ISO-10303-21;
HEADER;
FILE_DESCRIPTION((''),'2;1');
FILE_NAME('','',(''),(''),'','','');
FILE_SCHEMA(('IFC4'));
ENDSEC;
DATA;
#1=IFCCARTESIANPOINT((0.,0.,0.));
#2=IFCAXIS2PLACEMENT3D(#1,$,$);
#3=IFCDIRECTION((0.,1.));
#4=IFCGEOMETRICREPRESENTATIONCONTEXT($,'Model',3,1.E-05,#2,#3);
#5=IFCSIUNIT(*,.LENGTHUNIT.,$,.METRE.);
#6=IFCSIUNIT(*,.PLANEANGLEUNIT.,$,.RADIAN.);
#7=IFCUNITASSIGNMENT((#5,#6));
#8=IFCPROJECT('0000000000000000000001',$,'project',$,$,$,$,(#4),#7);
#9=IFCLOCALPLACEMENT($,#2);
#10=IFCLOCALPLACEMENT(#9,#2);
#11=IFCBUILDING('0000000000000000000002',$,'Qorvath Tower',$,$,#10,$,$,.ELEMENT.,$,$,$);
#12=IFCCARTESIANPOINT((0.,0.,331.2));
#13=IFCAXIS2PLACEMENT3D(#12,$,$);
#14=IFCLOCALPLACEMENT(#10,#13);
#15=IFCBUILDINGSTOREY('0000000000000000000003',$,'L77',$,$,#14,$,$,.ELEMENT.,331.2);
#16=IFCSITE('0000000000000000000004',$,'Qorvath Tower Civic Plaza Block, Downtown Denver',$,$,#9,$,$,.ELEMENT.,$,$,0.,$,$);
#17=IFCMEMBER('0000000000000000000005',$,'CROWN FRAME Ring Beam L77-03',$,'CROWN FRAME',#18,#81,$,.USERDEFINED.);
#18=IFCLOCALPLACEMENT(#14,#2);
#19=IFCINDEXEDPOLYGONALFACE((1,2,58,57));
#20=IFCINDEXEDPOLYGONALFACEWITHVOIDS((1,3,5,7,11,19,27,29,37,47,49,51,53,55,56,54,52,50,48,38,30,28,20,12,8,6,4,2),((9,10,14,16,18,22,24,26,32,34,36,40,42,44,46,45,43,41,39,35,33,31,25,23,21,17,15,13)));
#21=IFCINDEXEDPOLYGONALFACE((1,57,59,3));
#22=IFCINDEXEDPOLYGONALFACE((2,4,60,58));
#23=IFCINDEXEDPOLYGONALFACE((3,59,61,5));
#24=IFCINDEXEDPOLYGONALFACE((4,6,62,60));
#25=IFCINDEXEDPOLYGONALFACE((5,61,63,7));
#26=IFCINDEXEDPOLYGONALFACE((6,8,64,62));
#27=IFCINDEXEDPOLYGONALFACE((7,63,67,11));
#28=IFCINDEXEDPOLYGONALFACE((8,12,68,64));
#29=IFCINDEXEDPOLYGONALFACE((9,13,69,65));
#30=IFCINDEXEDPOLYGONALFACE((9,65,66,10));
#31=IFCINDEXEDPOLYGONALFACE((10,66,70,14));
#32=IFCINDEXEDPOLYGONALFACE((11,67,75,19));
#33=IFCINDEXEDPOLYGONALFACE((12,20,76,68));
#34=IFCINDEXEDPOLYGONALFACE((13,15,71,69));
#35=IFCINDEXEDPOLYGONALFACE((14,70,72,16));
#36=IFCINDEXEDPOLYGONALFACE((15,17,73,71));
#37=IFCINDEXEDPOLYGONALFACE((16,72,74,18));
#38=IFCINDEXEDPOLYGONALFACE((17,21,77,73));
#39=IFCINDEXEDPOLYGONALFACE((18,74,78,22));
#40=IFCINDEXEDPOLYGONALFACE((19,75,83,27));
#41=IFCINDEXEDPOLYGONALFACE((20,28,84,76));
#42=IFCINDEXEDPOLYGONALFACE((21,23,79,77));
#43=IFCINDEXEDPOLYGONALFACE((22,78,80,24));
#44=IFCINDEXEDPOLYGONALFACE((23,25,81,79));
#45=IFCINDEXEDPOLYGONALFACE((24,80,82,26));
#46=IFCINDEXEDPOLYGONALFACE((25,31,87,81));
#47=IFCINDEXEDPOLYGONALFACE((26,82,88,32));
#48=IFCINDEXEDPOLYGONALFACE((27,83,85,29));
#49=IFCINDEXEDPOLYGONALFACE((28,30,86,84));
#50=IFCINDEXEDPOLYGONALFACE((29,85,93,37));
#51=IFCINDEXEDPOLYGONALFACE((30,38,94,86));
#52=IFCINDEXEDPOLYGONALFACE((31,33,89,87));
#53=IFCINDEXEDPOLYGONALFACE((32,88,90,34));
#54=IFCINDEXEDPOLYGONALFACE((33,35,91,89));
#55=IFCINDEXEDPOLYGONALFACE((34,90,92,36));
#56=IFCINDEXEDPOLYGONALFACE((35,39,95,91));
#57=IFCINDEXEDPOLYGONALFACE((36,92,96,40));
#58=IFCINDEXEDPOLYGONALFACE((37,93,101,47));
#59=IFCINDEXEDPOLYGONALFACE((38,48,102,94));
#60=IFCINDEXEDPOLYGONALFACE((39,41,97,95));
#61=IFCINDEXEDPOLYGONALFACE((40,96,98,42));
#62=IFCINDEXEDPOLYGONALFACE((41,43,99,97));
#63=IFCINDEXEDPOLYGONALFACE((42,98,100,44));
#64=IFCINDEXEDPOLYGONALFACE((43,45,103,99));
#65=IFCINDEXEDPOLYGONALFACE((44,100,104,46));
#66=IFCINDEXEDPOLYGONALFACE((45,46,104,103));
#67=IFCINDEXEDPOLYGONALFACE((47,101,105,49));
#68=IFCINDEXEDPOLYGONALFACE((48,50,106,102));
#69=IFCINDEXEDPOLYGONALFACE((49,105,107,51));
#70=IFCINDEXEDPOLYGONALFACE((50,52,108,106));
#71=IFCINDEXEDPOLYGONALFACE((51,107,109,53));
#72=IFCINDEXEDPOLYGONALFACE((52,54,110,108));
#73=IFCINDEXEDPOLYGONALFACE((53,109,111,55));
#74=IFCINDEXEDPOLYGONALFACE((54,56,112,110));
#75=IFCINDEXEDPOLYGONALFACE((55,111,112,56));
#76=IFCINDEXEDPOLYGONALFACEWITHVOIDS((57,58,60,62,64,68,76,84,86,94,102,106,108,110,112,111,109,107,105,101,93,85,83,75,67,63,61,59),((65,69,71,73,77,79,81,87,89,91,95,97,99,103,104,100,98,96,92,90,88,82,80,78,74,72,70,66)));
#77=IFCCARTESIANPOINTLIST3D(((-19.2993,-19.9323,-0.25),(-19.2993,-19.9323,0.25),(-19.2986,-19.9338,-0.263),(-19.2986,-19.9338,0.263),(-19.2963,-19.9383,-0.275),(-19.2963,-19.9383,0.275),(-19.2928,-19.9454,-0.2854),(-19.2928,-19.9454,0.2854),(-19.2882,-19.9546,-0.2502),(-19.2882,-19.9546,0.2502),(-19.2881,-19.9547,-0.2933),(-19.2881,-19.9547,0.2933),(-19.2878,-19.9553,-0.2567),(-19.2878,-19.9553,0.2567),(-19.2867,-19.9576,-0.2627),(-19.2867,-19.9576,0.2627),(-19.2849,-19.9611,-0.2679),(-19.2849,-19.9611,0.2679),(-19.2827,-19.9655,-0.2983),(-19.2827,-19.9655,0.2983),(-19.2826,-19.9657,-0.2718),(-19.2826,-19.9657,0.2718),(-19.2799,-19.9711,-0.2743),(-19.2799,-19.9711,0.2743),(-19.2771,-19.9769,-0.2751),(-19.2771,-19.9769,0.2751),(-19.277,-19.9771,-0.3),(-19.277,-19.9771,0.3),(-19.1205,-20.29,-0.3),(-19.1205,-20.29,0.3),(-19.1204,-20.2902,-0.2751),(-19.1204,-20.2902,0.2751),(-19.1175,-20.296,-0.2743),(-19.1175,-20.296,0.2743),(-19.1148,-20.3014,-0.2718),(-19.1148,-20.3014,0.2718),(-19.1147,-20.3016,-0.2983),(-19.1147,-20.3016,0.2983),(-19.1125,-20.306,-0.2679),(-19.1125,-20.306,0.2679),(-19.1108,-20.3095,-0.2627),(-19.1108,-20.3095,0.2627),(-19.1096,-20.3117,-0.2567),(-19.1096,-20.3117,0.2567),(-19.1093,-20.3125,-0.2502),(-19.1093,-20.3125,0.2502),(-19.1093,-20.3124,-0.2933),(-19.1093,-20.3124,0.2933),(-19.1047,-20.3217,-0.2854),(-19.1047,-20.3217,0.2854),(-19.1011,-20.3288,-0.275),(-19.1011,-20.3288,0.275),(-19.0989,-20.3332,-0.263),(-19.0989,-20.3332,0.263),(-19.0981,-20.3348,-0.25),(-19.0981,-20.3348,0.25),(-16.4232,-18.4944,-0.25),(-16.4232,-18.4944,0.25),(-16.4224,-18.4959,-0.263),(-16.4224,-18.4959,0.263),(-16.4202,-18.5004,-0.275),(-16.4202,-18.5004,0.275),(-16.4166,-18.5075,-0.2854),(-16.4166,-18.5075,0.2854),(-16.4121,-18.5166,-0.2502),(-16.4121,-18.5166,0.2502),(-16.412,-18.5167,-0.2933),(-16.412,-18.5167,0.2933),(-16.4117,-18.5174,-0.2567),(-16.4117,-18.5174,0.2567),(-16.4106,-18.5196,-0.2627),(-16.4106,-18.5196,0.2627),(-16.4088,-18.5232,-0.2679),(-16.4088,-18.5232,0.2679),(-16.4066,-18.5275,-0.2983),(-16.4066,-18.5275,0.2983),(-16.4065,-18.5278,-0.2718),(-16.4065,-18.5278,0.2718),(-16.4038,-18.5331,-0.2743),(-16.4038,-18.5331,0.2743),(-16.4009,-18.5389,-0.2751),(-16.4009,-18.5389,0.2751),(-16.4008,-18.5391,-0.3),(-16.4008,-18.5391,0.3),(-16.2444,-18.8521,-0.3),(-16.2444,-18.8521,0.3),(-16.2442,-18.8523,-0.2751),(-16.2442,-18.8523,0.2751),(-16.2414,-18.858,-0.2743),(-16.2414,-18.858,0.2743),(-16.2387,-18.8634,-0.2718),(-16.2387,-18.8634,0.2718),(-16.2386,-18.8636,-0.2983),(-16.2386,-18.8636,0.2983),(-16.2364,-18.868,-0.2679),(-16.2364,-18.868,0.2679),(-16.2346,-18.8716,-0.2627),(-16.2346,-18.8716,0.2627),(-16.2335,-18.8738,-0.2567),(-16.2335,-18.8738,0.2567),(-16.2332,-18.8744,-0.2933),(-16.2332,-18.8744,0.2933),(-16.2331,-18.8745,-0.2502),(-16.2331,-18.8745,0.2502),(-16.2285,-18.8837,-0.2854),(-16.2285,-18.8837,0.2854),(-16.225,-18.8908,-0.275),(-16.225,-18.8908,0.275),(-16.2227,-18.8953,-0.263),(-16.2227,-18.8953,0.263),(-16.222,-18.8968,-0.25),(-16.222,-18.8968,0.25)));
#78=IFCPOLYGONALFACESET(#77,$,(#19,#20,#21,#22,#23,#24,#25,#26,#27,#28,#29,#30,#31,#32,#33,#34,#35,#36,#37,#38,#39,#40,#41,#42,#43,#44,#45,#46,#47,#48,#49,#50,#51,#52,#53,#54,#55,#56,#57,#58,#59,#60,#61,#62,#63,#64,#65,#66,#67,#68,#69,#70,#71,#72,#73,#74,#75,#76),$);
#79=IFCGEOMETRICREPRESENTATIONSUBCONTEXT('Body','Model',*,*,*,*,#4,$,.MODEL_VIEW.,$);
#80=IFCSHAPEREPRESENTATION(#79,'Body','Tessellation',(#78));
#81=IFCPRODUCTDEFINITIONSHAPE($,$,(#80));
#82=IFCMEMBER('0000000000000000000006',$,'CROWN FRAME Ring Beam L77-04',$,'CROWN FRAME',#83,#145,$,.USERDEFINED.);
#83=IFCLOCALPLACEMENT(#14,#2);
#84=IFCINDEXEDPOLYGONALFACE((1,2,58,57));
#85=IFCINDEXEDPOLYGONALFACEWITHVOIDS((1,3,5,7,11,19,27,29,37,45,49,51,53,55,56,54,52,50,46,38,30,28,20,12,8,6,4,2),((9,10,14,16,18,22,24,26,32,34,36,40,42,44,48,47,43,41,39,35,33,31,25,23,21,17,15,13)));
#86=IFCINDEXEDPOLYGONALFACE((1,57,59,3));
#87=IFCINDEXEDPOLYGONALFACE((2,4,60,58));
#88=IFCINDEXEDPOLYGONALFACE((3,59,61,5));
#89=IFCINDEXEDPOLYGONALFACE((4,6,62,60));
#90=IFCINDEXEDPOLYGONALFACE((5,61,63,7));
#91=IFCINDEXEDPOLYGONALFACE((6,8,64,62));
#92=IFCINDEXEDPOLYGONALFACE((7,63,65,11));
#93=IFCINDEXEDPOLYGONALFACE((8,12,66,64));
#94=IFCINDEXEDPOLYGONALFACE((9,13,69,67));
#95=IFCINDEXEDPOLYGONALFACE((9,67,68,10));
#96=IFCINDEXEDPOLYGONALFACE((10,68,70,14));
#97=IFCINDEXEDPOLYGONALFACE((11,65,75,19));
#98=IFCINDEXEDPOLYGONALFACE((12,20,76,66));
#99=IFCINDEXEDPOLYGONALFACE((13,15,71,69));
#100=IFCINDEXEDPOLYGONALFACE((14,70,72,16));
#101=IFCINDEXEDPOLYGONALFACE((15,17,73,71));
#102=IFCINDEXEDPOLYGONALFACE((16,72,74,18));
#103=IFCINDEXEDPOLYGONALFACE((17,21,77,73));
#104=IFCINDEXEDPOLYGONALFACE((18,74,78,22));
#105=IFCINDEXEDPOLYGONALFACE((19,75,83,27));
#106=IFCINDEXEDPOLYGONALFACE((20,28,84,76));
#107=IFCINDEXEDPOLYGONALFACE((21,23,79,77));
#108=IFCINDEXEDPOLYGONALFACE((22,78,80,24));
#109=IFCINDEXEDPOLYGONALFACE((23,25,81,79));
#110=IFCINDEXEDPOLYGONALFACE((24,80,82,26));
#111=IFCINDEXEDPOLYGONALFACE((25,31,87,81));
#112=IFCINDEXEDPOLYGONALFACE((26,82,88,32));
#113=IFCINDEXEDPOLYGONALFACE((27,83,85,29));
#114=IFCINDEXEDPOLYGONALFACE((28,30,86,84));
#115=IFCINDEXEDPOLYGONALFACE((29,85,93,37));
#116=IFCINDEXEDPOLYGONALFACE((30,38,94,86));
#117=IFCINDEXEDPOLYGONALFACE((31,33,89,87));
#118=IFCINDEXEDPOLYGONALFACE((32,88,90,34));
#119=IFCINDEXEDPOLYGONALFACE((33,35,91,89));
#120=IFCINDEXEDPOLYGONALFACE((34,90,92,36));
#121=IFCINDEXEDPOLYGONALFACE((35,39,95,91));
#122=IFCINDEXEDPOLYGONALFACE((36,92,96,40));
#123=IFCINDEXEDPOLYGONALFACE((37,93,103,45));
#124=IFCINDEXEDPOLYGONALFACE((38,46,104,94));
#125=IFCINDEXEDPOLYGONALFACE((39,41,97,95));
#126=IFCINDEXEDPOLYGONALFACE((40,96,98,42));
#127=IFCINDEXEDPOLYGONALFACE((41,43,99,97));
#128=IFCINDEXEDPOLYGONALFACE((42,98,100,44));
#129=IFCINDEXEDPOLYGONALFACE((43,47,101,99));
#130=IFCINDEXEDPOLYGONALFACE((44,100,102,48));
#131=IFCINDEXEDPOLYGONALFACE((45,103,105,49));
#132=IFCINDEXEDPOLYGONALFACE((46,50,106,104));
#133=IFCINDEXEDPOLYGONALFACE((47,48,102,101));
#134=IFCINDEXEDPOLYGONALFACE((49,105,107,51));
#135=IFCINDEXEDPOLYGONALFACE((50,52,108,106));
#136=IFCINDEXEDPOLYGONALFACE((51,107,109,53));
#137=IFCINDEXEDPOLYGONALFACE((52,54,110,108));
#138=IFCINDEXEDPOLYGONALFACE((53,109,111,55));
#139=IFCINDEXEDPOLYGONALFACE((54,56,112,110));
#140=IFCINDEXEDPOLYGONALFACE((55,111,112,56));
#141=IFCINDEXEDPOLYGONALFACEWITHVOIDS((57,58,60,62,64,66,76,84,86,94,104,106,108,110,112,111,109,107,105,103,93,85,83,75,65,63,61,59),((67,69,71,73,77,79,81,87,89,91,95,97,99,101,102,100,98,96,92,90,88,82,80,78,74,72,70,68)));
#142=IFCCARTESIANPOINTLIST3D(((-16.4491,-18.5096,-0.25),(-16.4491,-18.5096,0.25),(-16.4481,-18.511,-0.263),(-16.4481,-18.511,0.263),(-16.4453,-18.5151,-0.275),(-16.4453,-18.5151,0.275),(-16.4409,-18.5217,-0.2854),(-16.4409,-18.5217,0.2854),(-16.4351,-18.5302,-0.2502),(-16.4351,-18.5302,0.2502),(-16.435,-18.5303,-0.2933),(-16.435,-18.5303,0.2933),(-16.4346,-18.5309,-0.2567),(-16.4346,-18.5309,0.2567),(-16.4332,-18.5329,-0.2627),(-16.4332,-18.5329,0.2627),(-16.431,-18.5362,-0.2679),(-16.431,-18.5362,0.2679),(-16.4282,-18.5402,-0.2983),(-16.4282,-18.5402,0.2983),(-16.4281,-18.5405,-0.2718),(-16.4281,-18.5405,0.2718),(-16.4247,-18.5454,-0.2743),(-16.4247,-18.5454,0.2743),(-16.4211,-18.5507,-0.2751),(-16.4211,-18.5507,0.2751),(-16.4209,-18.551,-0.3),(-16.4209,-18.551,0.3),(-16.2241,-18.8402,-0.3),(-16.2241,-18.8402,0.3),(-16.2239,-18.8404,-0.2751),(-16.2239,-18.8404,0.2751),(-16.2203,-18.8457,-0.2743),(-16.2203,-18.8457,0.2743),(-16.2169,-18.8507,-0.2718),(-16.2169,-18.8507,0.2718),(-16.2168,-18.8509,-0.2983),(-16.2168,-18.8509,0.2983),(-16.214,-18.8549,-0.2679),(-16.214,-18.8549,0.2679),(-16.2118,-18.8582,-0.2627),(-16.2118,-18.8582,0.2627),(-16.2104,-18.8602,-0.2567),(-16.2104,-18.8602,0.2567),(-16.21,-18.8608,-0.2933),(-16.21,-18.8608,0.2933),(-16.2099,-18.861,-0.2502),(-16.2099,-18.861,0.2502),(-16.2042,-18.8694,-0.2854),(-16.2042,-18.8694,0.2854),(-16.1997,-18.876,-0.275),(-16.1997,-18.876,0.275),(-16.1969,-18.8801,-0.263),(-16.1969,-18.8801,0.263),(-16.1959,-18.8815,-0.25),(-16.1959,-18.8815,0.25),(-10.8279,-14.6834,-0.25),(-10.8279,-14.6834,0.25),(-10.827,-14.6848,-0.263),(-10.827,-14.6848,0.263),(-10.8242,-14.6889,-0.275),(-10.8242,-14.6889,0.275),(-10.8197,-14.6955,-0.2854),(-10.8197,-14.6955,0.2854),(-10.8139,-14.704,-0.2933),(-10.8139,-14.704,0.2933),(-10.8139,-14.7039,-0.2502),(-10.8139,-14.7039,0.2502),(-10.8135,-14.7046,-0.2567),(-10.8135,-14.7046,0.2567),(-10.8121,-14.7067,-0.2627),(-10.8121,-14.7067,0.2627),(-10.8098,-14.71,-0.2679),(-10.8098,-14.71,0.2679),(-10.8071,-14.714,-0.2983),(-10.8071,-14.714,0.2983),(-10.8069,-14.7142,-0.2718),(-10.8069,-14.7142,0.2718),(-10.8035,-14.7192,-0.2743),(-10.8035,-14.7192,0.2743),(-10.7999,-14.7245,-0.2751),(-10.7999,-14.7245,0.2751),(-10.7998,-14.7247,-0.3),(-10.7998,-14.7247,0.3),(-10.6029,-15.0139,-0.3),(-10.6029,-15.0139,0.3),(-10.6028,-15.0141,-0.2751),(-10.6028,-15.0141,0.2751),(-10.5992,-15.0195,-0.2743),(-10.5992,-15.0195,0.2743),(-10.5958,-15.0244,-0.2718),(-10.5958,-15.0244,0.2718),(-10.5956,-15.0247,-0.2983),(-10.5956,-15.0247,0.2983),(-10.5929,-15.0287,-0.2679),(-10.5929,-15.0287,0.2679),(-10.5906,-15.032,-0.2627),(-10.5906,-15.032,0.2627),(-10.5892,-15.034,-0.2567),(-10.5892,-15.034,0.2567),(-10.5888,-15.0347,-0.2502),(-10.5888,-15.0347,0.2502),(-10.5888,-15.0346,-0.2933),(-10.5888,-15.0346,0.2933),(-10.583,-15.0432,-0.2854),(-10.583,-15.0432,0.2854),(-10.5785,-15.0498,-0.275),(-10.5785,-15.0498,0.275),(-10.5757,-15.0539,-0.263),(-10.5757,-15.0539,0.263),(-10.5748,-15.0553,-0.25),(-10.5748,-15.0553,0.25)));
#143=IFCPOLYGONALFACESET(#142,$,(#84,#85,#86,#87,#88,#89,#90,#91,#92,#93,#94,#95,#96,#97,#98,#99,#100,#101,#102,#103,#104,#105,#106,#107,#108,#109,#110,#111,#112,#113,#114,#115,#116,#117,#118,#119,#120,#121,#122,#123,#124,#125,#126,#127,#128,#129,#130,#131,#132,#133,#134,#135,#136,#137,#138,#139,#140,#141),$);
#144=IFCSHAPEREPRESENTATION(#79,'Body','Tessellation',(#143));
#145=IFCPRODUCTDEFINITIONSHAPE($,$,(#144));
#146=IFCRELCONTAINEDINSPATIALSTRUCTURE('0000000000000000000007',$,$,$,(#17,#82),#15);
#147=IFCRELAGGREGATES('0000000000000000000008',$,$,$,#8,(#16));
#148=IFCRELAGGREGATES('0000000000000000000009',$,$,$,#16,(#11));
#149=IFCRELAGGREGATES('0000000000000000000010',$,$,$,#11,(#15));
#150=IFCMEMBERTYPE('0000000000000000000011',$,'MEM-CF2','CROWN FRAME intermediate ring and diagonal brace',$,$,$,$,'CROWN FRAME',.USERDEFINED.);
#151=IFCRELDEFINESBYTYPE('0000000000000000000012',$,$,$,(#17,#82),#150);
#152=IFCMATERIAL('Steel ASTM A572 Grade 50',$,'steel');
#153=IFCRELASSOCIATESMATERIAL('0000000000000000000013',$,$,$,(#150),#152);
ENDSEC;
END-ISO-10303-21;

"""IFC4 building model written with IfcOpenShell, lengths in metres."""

from ifc_helpers import new_model, si_unit, direction, frame, origin, origin_2d, place, context, subcontext, project, spatial, hollow_rectangle, extrude, material, material_profile, profile_set, type_object, element, save


model = new_model("IFC4")

# Units and contexts
model_context = context("Model", 3, precision=1e-05, world=origin(), true_north=direction((0.0, 1.0)))
body_context = subcontext(model_context, "Body", "Model", "MODEL_VIEW")
ifc_project = project(units=[si_unit("LENGTHUNIT", "METRE"), si_unit("PLANEANGLEUNIT", "RADIAN")], contexts=[model_context])

# Site, building, storey
site_placement = place(None, origin())
site = spatial("IfcSite", under=ifc_project, at=site_placement, Name="Qorvath Tower Civic Plaza Block, Downtown Denver", CompositionType="ELEMENT", RefElevation=0.0)
building_placement = place(site_placement, origin())
building = spatial("IfcBuilding", under=site, at=building_placement, Name="Qorvath Tower", CompositionType="ELEMENT")
storey_placement = place(building_placement, frame((0.0, 0.0, 331.2)))
storey = spatial("IfcBuildingStorey", under=building, at=storey_placement, Name="L77", CompositionType="ELEMENT", Elevation=331.2)

# Members
ifc_material_1 = material(Name="Steel ASTM A572 Grade 50", Category="steel")
ifc_material_profile_1 = material_profile(ifc_material_1, hollow_rectangle(XDim=0.45, YDim=0.6001, WallThickness=0.0249, InnerFilletRadius=0.0249, OuterFilletRadius=0.05, at=origin_2d()), Name="CROWN BOX 600x450x25")
ifc_profile_set_1 = profile_set([ifc_material_profile_1], Name="Steel ASTM A572 Grade 50")
member_type_1 = type_object("IfcMemberType", Name="MEM-CF2", Description="CROWN FRAME intermediate ring and diagonal brace", ElementType="CROWN FRAME", PredefinedType="USERDEFINED", material=ifc_profile_set_1)
member_1_placement = place(storey_placement, frame((-19.1987, -20.1335, 0.0), z_axis=(0.894442, 0.447183, 0.0), x_axis=(-0.447183, 0.894442, 0.0)))
element("IfcMember", 1, at=member_1_placement, inside=storey, type_object=member_type_1, Name="CROWN FRAME Ring Beam L77-03", ObjectType="CROWN FRAME", PredefinedType="USERDEFINED", context=body_context, shape_type="SweptSolid", body=[
    extrude(hollow_rectangle(XDim=0.45, YDim=0.6001, WallThickness=0.0249, InnerFilletRadius=0.0249, OuterFilletRadius=0.05, at=origin_2d()), origin(), (0.0, 0.0, 1.0), 3.2156),
])
member_2_placement = place(storey_placement, frame((-16.3225, -18.6956, 0.0), z_axis=(0.826665, 0.562695, 0.0), x_axis=(-0.562695, 0.826665, 0.0)))
element("IfcMember", 2, at=member_2_placement, inside=storey, type_object=member_type_1, Name="CROWN FRAME Ring Beam L77-04", ObjectType="CROWN FRAME", PredefinedType="USERDEFINED", context=body_context, shape_type="SweptSolid", body=[
    extrude(hollow_rectangle(XDim=0.45, YDim=0.6001, WallThickness=0.0249, InnerFilletRadius=0.0249, OuterFilletRadius=0.05, at=origin_2d()), origin(), (0.0, 0.0, 1.0), 6.7998),
])

save(model, "model.ifc")
